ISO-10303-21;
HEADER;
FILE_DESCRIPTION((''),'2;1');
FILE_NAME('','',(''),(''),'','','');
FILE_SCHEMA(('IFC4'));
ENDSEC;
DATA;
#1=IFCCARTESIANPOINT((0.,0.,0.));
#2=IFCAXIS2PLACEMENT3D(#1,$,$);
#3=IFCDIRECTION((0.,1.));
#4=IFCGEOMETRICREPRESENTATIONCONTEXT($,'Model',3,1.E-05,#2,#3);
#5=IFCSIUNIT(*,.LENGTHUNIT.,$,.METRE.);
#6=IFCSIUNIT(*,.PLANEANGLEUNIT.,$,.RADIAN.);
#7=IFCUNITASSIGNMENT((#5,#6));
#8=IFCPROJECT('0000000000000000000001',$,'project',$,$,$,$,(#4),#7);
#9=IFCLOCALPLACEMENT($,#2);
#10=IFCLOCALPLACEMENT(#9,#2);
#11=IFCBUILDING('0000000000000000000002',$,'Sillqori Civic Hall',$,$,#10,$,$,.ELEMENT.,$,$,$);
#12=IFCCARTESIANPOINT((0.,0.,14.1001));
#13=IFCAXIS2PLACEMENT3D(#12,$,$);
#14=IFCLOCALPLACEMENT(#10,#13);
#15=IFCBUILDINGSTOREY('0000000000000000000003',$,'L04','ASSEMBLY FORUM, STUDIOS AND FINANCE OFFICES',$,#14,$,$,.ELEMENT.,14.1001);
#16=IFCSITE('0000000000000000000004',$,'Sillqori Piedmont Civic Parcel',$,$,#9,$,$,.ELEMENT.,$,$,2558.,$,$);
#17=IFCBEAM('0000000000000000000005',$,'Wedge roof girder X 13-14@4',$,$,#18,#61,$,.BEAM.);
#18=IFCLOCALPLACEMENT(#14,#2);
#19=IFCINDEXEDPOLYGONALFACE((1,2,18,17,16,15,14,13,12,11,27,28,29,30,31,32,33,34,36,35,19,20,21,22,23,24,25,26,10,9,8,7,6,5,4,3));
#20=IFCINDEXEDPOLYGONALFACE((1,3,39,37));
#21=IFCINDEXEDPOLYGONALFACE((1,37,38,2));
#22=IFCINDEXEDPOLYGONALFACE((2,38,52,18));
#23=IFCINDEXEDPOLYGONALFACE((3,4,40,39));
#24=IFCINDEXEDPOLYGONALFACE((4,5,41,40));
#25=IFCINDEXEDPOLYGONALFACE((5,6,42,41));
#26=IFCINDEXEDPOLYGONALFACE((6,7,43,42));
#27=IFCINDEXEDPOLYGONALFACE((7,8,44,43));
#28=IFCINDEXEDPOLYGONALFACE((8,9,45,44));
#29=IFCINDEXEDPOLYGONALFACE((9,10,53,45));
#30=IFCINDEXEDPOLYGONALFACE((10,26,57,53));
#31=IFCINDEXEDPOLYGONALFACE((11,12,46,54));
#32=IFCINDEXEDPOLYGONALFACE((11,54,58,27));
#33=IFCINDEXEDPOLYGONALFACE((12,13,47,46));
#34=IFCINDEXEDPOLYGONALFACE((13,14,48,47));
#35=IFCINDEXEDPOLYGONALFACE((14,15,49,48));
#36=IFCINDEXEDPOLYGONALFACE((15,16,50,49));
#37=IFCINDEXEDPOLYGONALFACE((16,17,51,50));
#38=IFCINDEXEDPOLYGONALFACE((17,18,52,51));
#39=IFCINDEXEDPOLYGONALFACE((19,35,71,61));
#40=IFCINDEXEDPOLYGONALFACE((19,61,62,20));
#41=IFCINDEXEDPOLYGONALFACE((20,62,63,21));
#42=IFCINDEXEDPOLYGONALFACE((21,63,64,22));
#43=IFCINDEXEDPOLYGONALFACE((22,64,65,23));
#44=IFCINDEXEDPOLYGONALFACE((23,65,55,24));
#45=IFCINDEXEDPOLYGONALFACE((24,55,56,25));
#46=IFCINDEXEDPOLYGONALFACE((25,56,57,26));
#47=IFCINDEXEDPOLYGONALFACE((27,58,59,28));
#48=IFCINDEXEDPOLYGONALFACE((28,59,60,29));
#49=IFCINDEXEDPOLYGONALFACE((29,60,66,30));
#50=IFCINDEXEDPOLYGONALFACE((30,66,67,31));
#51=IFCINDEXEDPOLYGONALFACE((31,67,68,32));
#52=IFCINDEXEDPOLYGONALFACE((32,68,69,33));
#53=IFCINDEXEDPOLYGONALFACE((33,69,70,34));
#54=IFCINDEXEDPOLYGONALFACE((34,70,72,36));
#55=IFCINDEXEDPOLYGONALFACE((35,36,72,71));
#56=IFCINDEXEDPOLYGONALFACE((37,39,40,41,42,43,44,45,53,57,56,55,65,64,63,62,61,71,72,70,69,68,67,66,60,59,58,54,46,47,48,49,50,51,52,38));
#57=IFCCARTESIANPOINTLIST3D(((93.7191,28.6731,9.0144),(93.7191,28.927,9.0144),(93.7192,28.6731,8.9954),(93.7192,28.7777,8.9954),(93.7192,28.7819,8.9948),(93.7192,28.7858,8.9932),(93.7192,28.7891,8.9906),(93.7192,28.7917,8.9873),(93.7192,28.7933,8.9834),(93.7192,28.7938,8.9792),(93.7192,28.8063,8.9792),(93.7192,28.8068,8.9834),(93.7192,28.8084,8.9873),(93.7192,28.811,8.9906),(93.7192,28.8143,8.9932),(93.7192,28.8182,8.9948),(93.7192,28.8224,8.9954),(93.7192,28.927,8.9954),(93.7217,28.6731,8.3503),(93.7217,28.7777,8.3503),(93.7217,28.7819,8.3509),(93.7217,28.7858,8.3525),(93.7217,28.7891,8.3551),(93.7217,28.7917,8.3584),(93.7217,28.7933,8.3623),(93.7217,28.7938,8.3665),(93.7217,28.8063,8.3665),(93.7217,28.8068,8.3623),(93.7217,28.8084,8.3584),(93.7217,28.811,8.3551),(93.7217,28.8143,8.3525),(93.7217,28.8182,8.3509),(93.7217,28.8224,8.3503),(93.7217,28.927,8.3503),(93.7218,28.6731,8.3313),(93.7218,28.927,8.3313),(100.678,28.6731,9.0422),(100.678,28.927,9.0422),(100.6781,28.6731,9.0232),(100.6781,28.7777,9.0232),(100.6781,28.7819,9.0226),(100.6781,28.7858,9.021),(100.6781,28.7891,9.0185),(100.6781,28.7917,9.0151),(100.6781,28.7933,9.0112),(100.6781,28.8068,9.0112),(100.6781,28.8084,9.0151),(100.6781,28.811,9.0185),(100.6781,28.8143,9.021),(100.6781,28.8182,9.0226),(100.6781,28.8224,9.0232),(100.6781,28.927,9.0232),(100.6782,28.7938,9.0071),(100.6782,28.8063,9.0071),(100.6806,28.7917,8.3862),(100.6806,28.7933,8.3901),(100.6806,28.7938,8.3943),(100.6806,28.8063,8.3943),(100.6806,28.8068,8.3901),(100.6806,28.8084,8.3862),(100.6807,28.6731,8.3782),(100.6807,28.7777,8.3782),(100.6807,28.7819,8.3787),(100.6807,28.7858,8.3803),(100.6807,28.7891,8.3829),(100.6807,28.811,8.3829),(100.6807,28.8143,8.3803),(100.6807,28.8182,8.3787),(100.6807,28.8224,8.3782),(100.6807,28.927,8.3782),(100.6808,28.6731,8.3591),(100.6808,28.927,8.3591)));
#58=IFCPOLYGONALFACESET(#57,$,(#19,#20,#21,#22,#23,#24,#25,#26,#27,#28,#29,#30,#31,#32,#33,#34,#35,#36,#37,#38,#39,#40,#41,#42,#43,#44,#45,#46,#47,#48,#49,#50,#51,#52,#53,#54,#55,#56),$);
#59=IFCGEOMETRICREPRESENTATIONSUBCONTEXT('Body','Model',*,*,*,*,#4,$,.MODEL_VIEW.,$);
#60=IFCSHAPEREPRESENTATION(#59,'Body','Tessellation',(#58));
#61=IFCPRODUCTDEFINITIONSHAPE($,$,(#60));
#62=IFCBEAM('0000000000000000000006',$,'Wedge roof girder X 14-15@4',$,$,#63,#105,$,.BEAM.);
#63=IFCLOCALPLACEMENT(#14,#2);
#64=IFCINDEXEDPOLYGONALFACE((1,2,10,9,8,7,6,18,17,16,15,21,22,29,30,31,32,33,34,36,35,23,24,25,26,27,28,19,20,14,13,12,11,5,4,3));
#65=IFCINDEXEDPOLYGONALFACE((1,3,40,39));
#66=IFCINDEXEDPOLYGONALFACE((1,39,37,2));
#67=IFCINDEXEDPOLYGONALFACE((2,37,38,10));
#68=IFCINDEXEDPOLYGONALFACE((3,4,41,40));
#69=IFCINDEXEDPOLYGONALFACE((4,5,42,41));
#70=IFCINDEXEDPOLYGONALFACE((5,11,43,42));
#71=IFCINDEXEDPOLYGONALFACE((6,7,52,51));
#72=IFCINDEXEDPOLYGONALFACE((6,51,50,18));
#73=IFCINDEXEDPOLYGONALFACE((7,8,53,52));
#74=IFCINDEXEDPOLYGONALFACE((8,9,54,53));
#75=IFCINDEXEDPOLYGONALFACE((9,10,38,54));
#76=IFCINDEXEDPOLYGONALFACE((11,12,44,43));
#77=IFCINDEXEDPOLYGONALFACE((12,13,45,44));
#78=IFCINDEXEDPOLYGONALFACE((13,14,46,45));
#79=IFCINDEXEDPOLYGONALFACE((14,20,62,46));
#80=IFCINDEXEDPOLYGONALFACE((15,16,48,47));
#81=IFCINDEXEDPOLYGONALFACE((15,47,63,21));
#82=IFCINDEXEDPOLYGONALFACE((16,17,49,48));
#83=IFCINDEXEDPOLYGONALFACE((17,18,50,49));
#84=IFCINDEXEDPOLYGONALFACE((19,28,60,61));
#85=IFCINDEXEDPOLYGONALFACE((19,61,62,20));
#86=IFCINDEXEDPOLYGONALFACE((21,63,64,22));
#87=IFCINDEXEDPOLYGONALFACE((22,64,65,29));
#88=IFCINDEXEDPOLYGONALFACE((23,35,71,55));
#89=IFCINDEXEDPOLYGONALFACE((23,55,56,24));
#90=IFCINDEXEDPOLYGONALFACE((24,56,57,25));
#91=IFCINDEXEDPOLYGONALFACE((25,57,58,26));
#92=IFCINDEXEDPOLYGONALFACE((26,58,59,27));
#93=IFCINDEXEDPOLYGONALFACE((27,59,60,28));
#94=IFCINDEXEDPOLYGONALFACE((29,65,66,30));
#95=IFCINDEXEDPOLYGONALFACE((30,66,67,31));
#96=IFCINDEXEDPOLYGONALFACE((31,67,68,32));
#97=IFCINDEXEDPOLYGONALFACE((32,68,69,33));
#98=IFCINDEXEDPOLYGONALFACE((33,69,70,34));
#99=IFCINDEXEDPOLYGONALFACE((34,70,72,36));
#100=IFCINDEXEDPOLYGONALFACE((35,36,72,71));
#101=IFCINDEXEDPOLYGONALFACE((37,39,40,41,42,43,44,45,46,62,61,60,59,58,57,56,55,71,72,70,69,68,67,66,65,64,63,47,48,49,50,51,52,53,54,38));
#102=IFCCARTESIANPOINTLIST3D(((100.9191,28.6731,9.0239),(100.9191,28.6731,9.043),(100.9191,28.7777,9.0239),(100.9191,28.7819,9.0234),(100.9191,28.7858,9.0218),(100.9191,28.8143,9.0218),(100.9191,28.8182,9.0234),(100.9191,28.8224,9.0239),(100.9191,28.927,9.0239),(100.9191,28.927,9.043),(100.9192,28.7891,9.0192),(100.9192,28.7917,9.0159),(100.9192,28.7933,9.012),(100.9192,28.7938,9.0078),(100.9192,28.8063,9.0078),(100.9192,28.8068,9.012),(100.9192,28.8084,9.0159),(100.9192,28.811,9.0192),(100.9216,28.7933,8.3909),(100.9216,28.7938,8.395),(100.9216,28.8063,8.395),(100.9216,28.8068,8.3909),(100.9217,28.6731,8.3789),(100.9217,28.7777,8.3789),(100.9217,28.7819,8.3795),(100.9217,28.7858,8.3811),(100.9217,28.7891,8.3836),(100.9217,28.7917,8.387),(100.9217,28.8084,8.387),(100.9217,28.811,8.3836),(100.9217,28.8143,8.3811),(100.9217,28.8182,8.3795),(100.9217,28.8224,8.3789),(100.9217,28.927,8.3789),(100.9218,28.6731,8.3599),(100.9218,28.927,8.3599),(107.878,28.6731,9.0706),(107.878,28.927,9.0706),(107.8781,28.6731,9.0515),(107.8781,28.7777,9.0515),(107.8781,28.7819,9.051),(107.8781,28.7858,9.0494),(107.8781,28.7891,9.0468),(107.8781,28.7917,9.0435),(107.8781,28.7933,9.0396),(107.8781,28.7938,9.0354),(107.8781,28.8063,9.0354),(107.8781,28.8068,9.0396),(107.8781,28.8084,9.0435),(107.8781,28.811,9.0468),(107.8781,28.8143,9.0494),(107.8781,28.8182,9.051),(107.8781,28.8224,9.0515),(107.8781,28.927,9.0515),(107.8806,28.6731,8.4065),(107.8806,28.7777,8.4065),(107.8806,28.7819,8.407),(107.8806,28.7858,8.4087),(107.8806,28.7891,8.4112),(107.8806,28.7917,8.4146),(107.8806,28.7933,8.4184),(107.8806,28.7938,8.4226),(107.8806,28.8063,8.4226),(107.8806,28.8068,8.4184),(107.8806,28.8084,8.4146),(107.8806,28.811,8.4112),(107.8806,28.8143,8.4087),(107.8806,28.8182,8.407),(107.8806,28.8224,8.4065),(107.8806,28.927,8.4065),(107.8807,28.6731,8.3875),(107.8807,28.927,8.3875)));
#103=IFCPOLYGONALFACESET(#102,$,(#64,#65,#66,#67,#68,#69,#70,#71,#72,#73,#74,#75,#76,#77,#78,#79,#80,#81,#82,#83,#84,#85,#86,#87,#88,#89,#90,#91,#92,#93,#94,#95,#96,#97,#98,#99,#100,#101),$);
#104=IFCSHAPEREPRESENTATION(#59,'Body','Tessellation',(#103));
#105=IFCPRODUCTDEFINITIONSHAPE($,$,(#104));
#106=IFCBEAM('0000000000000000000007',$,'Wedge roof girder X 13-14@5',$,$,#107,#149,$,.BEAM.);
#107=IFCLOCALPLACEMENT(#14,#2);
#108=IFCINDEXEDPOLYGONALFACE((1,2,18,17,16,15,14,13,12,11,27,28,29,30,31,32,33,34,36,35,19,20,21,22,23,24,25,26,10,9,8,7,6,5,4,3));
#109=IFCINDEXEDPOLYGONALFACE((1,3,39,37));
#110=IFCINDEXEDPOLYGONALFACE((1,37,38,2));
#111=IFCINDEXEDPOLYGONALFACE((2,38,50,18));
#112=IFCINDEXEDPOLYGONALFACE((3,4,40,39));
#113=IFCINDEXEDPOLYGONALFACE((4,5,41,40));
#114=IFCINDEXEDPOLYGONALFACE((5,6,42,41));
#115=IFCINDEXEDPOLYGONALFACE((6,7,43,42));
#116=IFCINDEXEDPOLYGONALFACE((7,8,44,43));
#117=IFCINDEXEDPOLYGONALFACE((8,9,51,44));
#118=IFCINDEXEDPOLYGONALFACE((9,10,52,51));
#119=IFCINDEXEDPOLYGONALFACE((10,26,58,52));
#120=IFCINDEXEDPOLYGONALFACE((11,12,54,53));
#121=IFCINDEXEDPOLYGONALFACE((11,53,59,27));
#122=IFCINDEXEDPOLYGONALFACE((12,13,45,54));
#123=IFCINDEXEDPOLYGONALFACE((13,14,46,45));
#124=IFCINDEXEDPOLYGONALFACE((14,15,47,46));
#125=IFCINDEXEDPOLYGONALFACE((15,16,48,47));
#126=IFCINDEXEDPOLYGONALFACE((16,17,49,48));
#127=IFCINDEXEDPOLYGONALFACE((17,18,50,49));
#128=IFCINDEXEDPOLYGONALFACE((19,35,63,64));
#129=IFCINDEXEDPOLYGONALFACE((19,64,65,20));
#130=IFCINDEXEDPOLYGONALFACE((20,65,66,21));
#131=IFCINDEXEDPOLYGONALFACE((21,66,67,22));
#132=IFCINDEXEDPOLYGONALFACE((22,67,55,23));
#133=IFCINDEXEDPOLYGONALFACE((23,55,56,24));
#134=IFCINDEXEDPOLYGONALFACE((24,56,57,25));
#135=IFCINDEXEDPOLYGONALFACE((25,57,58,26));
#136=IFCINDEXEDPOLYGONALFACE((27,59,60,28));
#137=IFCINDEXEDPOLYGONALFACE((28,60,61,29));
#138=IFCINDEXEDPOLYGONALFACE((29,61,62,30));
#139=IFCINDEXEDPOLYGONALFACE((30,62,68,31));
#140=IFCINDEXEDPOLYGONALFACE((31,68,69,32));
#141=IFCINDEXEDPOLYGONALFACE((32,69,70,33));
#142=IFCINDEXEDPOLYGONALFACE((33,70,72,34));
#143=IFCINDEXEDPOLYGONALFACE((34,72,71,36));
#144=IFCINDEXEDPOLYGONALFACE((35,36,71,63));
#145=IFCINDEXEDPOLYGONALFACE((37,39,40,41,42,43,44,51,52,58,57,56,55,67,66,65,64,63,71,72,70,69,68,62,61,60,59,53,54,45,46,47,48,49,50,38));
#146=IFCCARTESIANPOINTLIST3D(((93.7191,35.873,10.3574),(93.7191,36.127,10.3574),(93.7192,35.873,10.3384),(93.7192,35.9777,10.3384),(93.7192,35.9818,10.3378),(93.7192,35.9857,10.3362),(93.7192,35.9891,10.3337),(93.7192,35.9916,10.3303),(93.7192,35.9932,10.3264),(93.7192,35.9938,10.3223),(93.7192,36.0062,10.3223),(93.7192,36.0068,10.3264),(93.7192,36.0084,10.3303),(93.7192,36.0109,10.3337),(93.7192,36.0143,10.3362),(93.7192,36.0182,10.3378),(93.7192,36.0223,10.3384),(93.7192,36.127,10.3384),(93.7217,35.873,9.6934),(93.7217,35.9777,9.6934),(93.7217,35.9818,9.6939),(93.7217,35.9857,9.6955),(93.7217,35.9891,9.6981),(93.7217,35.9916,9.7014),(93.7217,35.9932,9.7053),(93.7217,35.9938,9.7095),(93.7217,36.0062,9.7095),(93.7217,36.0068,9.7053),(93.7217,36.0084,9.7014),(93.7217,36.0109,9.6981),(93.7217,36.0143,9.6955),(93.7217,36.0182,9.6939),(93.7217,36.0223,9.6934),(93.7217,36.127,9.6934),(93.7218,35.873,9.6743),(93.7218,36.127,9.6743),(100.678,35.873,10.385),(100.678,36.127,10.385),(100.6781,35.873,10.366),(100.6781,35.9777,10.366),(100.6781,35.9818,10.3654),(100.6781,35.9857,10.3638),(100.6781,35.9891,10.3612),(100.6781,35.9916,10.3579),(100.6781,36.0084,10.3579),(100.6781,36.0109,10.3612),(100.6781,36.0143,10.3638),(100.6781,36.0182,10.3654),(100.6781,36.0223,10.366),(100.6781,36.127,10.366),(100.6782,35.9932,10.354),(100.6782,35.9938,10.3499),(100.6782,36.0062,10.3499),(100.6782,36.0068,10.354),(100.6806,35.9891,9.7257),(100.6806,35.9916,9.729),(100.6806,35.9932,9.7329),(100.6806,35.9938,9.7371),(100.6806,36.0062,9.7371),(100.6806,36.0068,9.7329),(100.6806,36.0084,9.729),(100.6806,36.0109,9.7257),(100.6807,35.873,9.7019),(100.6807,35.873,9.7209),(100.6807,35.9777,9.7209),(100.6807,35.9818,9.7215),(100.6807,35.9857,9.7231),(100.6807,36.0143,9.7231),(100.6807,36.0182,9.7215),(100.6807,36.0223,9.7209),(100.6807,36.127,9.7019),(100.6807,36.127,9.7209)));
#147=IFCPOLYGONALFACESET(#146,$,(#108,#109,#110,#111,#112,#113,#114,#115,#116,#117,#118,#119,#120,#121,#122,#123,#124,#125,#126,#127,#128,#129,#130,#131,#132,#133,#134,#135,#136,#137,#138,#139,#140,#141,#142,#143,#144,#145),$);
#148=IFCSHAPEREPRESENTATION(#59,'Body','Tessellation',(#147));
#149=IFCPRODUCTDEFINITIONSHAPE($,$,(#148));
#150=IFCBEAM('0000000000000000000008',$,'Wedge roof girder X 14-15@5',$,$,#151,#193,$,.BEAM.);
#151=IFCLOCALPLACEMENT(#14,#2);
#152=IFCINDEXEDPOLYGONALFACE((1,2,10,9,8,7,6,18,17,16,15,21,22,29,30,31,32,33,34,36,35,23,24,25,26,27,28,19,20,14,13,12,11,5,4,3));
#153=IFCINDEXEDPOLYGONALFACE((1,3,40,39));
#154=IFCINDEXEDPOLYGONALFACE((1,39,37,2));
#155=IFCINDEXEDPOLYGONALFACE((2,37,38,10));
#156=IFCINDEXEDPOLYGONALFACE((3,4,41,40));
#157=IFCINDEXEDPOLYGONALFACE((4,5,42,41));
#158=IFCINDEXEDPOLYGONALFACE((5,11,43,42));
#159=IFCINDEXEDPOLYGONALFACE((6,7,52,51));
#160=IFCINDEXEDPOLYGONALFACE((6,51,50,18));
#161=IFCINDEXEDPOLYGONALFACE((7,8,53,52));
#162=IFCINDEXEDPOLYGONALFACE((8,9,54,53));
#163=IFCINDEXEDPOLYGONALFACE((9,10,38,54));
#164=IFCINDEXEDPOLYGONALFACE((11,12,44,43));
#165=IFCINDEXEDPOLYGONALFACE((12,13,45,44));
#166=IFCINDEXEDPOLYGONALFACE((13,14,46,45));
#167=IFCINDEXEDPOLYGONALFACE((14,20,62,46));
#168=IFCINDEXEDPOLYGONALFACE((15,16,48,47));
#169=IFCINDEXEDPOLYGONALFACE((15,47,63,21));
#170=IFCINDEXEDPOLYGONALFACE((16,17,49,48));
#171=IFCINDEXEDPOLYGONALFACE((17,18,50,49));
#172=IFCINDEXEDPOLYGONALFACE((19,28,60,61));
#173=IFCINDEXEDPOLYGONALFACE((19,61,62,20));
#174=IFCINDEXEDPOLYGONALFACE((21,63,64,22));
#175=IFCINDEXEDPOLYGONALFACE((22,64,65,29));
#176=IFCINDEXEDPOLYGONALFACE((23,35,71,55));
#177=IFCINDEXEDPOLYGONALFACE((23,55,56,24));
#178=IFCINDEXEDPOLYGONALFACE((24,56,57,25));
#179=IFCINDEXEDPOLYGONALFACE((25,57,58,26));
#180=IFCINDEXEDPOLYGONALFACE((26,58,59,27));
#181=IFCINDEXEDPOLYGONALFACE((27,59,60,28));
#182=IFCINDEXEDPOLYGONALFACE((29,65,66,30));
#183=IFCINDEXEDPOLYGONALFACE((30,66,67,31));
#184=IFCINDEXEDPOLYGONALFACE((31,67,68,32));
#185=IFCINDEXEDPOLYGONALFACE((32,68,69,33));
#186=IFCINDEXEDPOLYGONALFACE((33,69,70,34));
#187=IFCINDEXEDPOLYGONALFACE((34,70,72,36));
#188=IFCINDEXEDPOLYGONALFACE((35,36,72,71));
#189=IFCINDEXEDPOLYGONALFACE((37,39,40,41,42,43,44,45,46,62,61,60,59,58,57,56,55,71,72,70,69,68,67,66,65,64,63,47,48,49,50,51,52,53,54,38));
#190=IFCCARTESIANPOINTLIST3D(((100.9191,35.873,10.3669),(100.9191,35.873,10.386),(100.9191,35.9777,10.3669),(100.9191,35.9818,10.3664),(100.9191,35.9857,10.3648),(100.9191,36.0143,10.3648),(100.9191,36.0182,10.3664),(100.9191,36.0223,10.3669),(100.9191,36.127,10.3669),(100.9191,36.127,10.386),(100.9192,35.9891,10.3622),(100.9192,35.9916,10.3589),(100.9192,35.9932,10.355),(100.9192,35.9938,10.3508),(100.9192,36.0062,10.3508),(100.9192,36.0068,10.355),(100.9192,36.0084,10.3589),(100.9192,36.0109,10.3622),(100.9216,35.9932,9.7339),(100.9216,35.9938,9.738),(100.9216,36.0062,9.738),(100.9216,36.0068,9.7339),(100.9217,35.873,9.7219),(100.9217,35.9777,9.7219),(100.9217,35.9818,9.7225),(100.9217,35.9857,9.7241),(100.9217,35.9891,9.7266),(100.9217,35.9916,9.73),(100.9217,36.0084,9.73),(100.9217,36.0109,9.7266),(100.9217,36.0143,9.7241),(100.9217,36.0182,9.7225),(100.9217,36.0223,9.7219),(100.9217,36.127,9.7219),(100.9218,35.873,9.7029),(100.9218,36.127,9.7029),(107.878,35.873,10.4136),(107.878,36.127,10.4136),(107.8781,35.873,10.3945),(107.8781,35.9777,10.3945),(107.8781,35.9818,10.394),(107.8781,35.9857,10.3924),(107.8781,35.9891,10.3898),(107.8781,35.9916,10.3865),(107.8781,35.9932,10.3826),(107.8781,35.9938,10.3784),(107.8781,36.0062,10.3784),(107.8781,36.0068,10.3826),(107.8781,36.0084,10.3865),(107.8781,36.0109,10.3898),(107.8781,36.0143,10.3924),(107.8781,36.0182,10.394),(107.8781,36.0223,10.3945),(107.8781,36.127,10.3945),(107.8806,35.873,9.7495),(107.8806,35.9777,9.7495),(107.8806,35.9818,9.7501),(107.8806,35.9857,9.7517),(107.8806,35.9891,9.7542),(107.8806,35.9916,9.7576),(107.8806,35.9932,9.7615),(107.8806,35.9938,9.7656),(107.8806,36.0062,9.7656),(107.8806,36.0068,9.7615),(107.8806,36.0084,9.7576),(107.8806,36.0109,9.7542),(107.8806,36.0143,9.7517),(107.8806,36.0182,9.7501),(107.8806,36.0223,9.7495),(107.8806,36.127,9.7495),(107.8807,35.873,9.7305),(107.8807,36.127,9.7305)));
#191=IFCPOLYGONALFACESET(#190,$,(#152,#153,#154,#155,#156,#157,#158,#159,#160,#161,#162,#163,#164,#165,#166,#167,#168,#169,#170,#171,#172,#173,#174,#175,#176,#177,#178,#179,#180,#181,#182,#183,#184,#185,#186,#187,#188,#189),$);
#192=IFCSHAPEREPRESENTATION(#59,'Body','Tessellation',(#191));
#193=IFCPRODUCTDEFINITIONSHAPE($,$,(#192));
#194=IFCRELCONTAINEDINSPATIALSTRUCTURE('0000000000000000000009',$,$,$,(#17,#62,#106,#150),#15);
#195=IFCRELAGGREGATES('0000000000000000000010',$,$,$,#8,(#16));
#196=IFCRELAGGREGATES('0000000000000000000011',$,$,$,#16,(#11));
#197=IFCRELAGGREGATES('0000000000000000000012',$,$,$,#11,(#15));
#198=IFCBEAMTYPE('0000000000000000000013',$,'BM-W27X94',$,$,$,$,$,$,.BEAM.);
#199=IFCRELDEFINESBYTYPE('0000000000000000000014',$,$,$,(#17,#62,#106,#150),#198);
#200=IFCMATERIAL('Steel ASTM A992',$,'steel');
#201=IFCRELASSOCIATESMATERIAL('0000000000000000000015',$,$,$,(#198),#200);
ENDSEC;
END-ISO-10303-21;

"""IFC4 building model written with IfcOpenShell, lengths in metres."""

from ifc_helpers import new_model, si_unit, direction, frame, origin, origin_2d, place, context, subcontext, project, spatial, i_section, extrude, material, material_profile, profile_set, type_object, element, save


model = new_model("IFC4")

# Units and contexts
model_context = context("Model", 3, precision=1e-05, world=origin(), true_north=direction((0.0, 1.0)))
body_context = subcontext(model_context, "Body", "Model", "MODEL_VIEW")
ifc_project = project(units=[si_unit("LENGTHUNIT", "METRE"), si_unit("PLANEANGLEUNIT", "RADIAN")], contexts=[model_context])

# Site, building, storey
site_placement = place(None, origin())
site = spatial("IfcSite", under=ifc_project, at=site_placement, Name="Sillqori Piedmont Civic Parcel", CompositionType="ELEMENT", RefElevation=2558.0)
building_placement = place(site_placement, origin())
building = spatial("IfcBuilding", under=site, at=building_placement, Name="Sillqori Civic Hall", CompositionType="ELEMENT")
storey_placement = place(building_placement, frame((0.0, 0.0, 14.1001)))
storey = spatial("IfcBuildingStorey", under=building, at=storey_placement, Name="L04", Description="ASSEMBLY FORUM, STUDIOS AND FINANCE OFFICES", CompositionType="ELEMENT", Elevation=14.1001)

# Shared definitions
ifc_material_1 = material(Name="Steel ASTM A992", Category="steel")

# Beams
ifc_material_profile_1 = material_profile(ifc_material_1, i_section(OverallWidth=0.2539, OverallDepth=0.6831, WebThickness=0.0125, FlangeThickness=0.019, FilletRadius=0.0161, at=origin_2d()), Name="W27X94")
ifc_profile_set_1 = profile_set([ifc_material_profile_1], Name="Steel ASTM A992")
beam_type_1 = type_object("IfcBeamType", Name="BM-W27X94", PredefinedType="BEAM", material=ifc_profile_set_1)
for number, where, z_axis, x_axis, name in (
    (1, (93.7205, 28.8, 8.6729), (0.999992, 0.0, 0.003999), (0.0, 1.0, 0.0), "Wedge roof girder X 13-14@4"),
    (2, (100.9204, 28.8, 8.7014), (0.999992, 0.0, 0.003964), (0.0, 1.0, 0.0), "Wedge roof girder X 14-15@4"),
    (3, (93.7205, 36.0, 10.0159), (0.999992, 0.0, 0.003964), (0.0, 1.0, 0.0), "Wedge roof girder X 13-14@5"),
    (4, (100.9204, 36.0, 10.0444), (0.999992, 0.0, 0.003964), (0.0, 1.0, 0.0), "Wedge roof girder X 14-15@5"),
):
    element("IfcBeam", number, at=place(storey_placement, frame(where, z_axis=z_axis, x_axis=x_axis)), inside=storey, type_object=beam_type_1, Name=name, PredefinedType="BEAM", context=body_context, shape_type="SweptSolid", body=[
        extrude(i_section(OverallWidth=0.2539, OverallDepth=0.6831, WebThickness=0.0125, FlangeThickness=0.019, FilletRadius=0.0161, at=origin_2d()), origin(), (0.0, 0.0, 1.0), 6.959),
    ])

save(model, "model.ifc")
